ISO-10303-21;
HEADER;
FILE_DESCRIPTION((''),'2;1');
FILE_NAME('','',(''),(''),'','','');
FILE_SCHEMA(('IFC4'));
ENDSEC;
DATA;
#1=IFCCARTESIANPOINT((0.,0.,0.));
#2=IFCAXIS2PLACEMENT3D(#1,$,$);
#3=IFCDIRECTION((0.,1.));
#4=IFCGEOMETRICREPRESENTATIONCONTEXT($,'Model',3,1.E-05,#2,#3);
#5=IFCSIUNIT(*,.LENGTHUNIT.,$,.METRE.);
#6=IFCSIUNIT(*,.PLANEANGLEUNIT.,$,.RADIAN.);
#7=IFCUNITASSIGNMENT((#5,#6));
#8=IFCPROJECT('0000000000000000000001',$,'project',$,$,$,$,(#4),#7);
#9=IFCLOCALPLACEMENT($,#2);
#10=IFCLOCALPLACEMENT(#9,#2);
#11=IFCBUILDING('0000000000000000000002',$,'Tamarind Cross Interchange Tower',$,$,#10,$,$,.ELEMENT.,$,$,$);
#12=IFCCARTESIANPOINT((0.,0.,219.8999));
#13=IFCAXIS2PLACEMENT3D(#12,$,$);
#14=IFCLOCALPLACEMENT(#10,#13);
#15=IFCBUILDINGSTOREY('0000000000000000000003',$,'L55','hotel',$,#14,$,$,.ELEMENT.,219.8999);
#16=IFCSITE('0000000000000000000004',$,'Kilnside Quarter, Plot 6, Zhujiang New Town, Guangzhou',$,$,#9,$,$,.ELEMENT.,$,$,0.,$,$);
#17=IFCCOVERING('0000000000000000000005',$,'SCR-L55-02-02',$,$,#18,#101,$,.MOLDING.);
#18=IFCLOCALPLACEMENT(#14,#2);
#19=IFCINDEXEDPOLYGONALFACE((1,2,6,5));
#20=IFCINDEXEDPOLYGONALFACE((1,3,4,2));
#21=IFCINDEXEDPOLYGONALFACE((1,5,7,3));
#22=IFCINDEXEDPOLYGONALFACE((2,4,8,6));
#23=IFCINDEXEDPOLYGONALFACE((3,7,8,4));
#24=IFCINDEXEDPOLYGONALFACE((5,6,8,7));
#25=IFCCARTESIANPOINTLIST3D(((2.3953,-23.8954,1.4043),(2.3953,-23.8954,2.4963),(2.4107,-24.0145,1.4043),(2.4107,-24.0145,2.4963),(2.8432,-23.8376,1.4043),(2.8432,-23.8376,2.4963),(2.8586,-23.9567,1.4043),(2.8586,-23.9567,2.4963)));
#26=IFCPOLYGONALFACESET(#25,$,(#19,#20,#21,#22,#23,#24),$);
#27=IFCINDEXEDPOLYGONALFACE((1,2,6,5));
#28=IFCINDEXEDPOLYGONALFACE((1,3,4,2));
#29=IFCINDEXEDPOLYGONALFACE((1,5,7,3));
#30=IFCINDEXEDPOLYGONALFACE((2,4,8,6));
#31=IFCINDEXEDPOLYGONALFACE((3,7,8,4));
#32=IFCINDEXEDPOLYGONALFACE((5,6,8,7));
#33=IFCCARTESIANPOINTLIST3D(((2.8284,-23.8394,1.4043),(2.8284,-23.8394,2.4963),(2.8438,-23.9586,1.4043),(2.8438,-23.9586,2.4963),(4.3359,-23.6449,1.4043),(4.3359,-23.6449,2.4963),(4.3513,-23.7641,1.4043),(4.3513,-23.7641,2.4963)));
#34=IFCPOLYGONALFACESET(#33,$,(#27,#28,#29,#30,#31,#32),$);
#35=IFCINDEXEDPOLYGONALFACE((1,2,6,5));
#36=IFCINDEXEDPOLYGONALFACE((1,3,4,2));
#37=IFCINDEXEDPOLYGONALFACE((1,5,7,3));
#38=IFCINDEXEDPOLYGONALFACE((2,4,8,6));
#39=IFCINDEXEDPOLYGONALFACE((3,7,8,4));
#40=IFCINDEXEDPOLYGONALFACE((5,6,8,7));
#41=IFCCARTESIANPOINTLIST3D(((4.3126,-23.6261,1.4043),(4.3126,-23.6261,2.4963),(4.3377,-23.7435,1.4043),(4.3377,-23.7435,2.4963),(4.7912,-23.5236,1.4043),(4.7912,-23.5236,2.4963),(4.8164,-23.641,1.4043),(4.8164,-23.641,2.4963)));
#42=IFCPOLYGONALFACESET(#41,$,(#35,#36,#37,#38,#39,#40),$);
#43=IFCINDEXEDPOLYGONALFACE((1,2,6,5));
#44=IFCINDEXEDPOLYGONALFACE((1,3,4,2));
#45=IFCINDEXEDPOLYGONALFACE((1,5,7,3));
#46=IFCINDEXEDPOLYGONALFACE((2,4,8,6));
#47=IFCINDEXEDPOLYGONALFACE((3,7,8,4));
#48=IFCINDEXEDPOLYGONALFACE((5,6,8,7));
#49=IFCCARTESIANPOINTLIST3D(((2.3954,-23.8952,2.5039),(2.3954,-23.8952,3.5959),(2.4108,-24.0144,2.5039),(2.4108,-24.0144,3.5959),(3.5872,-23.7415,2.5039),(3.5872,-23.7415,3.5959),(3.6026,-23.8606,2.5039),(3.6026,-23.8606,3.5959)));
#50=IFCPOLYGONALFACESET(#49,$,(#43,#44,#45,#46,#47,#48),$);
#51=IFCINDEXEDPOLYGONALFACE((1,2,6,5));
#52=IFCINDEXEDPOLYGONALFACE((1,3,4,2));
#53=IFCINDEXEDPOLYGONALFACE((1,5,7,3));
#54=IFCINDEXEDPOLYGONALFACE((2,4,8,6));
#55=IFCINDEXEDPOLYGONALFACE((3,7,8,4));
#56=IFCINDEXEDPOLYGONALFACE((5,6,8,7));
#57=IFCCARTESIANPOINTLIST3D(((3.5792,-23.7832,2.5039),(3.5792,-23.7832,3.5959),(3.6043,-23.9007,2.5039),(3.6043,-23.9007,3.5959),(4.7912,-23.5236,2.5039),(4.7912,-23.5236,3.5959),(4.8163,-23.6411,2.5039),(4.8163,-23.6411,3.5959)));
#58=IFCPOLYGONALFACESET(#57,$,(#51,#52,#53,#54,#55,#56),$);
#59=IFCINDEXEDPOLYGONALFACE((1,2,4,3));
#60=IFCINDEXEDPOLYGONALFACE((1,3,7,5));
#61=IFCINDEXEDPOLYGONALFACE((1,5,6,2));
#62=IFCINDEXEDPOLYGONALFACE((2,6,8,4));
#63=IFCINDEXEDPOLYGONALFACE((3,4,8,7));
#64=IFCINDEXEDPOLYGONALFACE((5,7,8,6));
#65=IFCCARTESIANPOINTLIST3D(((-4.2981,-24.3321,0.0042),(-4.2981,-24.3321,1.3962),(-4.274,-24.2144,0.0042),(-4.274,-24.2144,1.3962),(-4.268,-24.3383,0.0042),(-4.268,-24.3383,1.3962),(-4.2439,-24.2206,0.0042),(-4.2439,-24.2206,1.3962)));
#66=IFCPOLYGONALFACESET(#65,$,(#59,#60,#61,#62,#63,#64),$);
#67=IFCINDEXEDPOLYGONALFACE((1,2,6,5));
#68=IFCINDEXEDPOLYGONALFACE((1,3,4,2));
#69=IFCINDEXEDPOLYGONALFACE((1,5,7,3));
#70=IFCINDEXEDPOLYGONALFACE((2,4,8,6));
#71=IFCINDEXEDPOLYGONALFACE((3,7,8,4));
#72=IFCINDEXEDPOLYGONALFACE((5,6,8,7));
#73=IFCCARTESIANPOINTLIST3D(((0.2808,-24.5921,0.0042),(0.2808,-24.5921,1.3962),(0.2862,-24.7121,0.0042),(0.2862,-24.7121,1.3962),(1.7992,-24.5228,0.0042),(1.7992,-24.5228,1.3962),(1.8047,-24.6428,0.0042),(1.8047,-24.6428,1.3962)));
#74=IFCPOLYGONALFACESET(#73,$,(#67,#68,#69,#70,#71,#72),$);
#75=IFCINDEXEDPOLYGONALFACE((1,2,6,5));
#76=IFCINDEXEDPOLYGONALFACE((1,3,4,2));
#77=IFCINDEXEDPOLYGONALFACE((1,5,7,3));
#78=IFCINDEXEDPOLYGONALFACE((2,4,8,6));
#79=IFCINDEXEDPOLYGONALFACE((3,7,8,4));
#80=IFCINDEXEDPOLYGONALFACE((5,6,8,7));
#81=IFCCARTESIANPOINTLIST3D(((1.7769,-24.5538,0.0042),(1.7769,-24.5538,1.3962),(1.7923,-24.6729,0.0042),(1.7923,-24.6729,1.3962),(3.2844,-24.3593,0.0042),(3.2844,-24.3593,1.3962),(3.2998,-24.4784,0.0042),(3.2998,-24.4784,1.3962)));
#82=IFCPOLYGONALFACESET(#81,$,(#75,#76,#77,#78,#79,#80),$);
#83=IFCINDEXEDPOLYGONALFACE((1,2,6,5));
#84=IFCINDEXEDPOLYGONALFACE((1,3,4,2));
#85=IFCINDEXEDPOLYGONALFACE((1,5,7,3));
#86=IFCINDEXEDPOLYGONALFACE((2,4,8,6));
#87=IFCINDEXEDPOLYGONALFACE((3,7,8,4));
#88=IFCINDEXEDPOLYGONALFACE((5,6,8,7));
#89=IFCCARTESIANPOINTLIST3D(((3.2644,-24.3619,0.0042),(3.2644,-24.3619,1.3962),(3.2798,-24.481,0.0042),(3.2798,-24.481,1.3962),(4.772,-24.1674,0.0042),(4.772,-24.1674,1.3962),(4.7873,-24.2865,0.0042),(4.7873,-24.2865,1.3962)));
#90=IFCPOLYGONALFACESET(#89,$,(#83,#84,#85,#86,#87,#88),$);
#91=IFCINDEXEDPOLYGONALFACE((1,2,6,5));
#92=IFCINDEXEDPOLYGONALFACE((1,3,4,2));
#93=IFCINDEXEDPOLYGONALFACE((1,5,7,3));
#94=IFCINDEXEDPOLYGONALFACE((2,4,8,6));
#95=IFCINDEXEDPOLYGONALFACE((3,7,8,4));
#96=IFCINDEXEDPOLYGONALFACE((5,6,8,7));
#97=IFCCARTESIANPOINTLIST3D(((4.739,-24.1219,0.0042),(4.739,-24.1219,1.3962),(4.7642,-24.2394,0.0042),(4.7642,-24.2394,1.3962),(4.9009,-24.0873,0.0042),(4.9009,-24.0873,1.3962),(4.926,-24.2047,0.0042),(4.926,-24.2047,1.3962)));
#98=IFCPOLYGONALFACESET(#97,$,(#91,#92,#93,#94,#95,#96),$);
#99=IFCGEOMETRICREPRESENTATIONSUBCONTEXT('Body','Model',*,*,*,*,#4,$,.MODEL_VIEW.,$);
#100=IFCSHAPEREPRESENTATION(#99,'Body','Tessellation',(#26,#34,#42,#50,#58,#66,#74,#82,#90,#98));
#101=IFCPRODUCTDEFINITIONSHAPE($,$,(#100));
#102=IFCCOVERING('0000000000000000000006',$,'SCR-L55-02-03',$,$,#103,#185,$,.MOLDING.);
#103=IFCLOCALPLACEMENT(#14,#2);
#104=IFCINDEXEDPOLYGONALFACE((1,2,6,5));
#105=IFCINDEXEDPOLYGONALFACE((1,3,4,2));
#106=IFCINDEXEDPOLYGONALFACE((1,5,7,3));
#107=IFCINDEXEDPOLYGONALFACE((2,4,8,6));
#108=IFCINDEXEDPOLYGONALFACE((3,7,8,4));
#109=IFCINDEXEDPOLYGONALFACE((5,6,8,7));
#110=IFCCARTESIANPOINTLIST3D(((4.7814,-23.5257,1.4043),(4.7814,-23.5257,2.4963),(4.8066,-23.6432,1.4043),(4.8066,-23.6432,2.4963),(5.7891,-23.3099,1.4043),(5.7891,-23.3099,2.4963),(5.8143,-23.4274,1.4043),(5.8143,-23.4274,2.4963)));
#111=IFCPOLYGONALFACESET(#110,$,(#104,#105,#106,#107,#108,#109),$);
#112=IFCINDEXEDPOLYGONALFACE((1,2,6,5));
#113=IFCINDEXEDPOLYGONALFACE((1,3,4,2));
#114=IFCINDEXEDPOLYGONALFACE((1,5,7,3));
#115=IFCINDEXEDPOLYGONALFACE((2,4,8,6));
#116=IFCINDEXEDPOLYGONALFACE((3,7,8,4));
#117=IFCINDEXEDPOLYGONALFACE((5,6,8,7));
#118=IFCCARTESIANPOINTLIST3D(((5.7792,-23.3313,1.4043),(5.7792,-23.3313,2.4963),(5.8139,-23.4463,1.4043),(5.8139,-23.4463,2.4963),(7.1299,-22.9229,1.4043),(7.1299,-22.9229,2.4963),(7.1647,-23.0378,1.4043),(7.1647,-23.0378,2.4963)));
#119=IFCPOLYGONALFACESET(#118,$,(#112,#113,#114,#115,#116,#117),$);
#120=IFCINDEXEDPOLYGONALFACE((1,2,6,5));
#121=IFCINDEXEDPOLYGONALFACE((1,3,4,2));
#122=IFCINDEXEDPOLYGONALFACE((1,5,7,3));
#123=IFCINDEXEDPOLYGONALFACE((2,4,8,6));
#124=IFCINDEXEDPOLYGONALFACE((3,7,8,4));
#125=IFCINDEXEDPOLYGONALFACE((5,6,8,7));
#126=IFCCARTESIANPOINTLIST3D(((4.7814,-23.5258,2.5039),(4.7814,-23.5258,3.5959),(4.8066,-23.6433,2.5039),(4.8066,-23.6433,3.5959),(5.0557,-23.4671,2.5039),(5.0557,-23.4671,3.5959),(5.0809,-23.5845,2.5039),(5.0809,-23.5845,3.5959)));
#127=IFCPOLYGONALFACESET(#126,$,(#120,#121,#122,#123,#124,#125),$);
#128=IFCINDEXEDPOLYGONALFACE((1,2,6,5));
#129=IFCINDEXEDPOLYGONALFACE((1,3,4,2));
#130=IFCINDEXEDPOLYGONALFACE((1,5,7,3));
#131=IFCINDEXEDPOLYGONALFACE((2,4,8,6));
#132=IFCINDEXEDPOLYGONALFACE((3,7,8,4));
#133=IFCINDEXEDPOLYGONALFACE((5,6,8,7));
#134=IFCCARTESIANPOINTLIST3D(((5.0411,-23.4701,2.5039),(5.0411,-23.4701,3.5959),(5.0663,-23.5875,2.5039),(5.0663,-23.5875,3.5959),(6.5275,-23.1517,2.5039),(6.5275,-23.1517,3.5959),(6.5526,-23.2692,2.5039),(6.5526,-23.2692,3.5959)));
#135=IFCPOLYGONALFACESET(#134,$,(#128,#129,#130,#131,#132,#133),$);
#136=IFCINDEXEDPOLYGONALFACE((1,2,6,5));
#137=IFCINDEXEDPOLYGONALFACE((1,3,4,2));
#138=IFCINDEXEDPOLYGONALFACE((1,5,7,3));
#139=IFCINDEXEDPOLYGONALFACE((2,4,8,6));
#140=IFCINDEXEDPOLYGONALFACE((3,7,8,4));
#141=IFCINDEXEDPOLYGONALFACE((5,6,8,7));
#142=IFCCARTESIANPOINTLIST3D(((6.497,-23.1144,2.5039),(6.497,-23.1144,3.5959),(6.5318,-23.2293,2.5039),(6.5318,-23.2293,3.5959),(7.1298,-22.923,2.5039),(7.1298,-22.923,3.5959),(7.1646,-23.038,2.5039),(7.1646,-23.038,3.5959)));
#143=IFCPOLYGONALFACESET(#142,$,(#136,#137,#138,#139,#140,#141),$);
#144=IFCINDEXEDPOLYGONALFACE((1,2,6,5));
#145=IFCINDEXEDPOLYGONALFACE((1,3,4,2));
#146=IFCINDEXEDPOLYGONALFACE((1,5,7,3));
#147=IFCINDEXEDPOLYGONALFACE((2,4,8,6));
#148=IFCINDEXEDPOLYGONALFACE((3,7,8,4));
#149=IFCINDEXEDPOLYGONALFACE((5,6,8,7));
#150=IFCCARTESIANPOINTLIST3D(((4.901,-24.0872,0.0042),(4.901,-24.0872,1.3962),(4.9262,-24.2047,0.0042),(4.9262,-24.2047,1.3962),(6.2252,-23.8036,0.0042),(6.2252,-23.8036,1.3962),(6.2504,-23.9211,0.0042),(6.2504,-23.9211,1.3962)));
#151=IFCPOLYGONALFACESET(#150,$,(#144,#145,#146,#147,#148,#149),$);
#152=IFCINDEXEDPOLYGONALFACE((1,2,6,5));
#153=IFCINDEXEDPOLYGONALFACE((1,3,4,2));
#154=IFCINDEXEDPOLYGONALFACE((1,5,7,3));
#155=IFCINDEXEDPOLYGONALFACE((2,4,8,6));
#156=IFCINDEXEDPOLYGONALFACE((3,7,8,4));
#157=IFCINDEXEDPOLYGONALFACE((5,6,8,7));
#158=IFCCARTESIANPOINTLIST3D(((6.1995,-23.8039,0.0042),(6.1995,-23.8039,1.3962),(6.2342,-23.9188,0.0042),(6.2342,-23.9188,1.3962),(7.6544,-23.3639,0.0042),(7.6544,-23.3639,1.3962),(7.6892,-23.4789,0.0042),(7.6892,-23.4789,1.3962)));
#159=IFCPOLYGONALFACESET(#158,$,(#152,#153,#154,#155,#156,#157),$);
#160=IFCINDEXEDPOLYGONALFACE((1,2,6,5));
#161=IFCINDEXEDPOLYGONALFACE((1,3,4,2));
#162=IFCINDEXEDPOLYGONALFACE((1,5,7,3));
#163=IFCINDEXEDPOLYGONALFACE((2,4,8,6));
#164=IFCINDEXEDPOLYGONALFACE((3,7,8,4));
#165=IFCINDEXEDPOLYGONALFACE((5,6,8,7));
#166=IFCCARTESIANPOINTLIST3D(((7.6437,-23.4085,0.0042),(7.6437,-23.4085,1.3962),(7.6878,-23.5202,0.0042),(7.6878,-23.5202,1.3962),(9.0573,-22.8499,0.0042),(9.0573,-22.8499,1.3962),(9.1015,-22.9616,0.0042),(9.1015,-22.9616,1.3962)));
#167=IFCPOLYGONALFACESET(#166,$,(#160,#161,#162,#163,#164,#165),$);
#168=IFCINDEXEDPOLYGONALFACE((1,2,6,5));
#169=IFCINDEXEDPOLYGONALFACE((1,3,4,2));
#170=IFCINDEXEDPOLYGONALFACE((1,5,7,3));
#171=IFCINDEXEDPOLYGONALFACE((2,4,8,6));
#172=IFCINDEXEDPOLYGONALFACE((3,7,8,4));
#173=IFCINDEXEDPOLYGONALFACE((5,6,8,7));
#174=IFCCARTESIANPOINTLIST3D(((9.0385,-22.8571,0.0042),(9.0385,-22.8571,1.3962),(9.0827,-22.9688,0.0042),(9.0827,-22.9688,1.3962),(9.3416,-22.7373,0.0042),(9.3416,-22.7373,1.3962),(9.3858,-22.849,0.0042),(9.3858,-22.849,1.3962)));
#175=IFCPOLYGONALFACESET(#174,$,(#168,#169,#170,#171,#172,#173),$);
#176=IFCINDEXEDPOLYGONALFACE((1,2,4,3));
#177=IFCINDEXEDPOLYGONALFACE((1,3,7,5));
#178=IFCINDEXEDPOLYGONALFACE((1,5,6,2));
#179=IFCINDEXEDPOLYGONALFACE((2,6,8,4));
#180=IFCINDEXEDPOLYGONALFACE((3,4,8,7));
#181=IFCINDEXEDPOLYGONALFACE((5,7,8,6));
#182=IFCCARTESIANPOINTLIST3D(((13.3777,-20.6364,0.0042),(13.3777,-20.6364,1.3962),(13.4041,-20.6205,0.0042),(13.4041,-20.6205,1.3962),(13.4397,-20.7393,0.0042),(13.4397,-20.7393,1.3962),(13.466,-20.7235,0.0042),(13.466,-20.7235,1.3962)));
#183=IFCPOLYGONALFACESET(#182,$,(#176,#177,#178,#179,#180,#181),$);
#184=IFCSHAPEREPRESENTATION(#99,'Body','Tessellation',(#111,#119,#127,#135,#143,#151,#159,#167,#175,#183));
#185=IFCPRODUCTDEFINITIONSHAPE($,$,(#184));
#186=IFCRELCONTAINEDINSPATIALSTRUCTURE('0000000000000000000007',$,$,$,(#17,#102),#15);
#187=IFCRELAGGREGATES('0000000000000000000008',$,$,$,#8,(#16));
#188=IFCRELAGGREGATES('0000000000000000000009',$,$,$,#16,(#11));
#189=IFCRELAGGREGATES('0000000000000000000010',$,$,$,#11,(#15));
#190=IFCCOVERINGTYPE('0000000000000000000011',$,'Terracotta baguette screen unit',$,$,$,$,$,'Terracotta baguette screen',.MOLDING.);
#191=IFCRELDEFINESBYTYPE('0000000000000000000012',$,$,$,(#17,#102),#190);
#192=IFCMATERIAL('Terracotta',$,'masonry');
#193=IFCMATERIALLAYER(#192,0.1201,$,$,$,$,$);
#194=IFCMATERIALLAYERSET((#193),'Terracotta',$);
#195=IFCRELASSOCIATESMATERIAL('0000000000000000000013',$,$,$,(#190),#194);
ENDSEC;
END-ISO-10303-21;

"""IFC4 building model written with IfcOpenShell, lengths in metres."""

from ifc_helpers import new_model, si_unit, direction, frame, origin, origin_2d, place, context, subcontext, project, spatial, rectangle, extrude, material, layer, layer_set, type_object, element, save


model = new_model("IFC4")

# Units and contexts
model_context = context("Model", 3, precision=1e-05, world=origin(), true_north=direction((0.0, 1.0)))
body_context = subcontext(model_context, "Body", "Model", "MODEL_VIEW")
ifc_project = project(units=[si_unit("LENGTHUNIT", "METRE"), si_unit("PLANEANGLEUNIT", "RADIAN")], contexts=[model_context])

# Site, building, storey
site_placement = place(None, origin())
site = spatial("IfcSite", under=ifc_project, at=site_placement, Name="Kilnside Quarter, Plot 6, Zhujiang New Town, Guangzhou", CompositionType="ELEMENT", RefElevation=0.0)
building_placement = place(site_placement, origin())
building = spatial("IfcBuilding", under=site, at=building_placement, Name="Tamarind Cross Interchange Tower", CompositionType="ELEMENT")
storey_placement = place(building_placement, frame((0.0, 0.0, 219.8999)))
storey = spatial("IfcBuildingStorey", under=building, at=storey_placement, Name="L55", Description="hotel", CompositionType="ELEMENT", Elevation=219.8999)

# Coverings
ifc_material_1 = material(Name="Terracotta", Category="masonry")
ifc_layer_1 = layer(ifc_material_1, 0.1201)
ifc_layer_set_1 = layer_set([ifc_layer_1], Name="Terracotta")
covering_type = type_object("IfcCoveringType", Name="Terracotta baguette screen unit", ElementType="Terracotta baguette screen", PredefinedType="MOLDING", material=ifc_layer_set_1)
covering_1_placement = place(storey_placement, origin())
element("IfcCovering", 1, at=covering_1_placement, inside=storey, type_object=covering_type, Name="SCR-L55-02-02", PredefinedType="MOLDING", context=body_context, shape_type="SweptSolid", body=[
    extrude(rectangle(XDim=0.4517, YDim=0.1201, at=origin_2d()), frame((2.627, -23.926, 1.4043), z_axis=(0.0, 0.0, 1.0), x_axis=(0.991779, 0.127962, 0.0)), (0.0, 0.0, 1.0), 1.092),
    extrude(rectangle(XDim=1.52, YDim=0.1201, at=origin_2d()), frame((3.5898, -23.8018, 1.4043), z_axis=(0.0, 0.0, 1.0), x_axis=(0.991779, 0.127962, 0.0)), (0.0, 0.0, 1.0), 1.092),
    extrude(rectangle(XDim=0.4895, YDim=0.1201, at=origin_2d()), frame((4.5645, -23.6335, 1.4043), z_axis=(0.0, 0.0, 1.0), x_axis=(0.977825, 0.209425, 0.0)), (0.0, 0.0, 1.0), 1.092),
    extrude(rectangle(XDim=1.2017, YDim=0.1201, at=origin_2d()), frame((2.999, -23.8779, 2.5039), z_axis=(0.0, 0.0, 1.0), x_axis=(0.991779, 0.127962, 0.0)), (0.0, 0.0, 1.0), 1.092),
    extrude(rectangle(XDim=1.2395, YDim=0.1201, at=origin_2d()), frame((4.1978, -23.7122, 2.5039), z_axis=(0.0, 0.0, 1.0), x_axis=(0.977825, 0.209425, 0.0)), (0.0, 0.0, 1.0), 1.092),
    extrude(rectangle(XDim=0.0308, YDim=0.1201, at=origin_2d()), frame((-4.271, -24.2764, 0.0042), z_axis=(0.0, 0.0, 1.0), x_axis=(0.979591, -0.201001, 0.0)), (0.0, 0.0, 1.0), 1.3921),
    extrude(rectangle(XDim=1.52, YDim=0.1201, at=origin_2d()), frame((1.0427, -24.6174, 0.0042), z_axis=(0.0, 0.0, 1.0), x_axis=(0.998959, 0.045624, 0.0)), (0.0, 0.0, 1.0), 1.3921),
    extrude(rectangle(XDim=1.52, YDim=0.1201, at=origin_2d()), frame((2.5383, -24.5161, 0.0042), z_axis=(0.0, 0.0, 1.0), x_axis=(0.991779, 0.127962, 0.0)), (0.0, 0.0, 1.0), 1.3921),
    extrude(rectangle(XDim=1.52, YDim=0.1201, at=origin_2d()), frame((4.0259, -24.3242, 0.0042), z_axis=(0.0, 0.0, 1.0), x_axis=(0.991779, 0.127962, 0.0)), (0.0, 0.0, 1.0), 1.3921),
    extrude(rectangle(XDim=0.1655, YDim=0.1201, at=origin_2d()), frame((4.8325, -24.1633, 0.0042), z_axis=(0.0, 0.0, 1.0), x_axis=(0.977825, 0.209425, 0.0)), (0.0, 0.0, 1.0), 1.3921),
])
covering_2_placement = place(storey_placement, origin())
element("IfcCovering", 2, at=covering_2_placement, inside=storey, type_object=covering_type, Name="SCR-L55-02-03", PredefinedType="MOLDING", context=body_context, shape_type="SweptSolid", body=[
    extrude(rectangle(XDim=1.0305, YDim=0.1201, at=origin_2d()), frame((5.2979, -23.4766, 1.4043), z_axis=(0.0, 0.0, 1.0), x_axis=(0.977825, 0.209425, 0.0)), (0.0, 0.0, 1.0), 1.092),
    extrude(rectangle(XDim=1.4111, YDim=0.1201, at=origin_2d()), frame((6.4719, -23.1846, 1.4043), z_axis=(0.0, 0.0, 1.0), x_axis=(0.957191, 0.289458, 0.0)), (0.0, 0.0, 1.0), 1.092),
    extrude(rectangle(XDim=0.2805, YDim=0.1201, at=origin_2d()), frame((4.9312, -23.5552, 2.5039), z_axis=(0.0, 0.0, 1.0), x_axis=(0.977825, 0.209425, 0.0)), (0.0, 0.0, 1.0), 1.092),
    extrude(rectangle(XDim=1.52, YDim=0.1201, at=origin_2d()), frame((5.7969, -23.3696, 2.5039), z_axis=(0.0, 0.0, 1.0), x_axis=(0.977825, 0.209425, 0.0)), (0.0, 0.0, 1.0), 1.092),
    extrude(rectangle(XDim=0.6611, YDim=0.1201, at=origin_2d()), frame((6.8308, -23.0762, 2.5039), z_axis=(0.0, 0.0, 1.0), x_axis=(0.957191, 0.289458, 0.0)), (0.0, 0.0, 1.0), 1.092),
    extrude(rectangle(XDim=1.3542, YDim=0.1201, at=origin_2d()), frame((5.5757, -24.0042, 0.0042), z_axis=(0.0, 0.0, 1.0), x_axis=(0.977825, 0.209425, 0.0)), (0.0, 0.0, 1.0), 1.3921),
    extrude(rectangle(XDim=1.52, YDim=0.1201, at=origin_2d()), frame((6.9443, -23.6414, 0.0042), z_axis=(0.0, 0.0, 1.0), x_axis=(0.957191, 0.289458, 0.0)), (0.0, 0.0, 1.0), 1.3921),
    extrude(rectangle(XDim=1.52, YDim=0.1201, at=origin_2d()), frame((8.3726, -23.1851, 0.0042), z_axis=(0.0, 0.0, 1.0), x_axis=(0.930018, 0.367514, 0.0)), (0.0, 0.0, 1.0), 1.3921),
    extrude(rectangle(XDim=0.3259, YDim=0.1201, at=origin_2d()), frame((9.2122, -22.853, 0.0042), z_axis=(0.0, 0.0, 1.0), x_axis=(0.930018, 0.367514, 0.0)), (0.0, 0.0, 1.0), 1.3921),
    extrude(rectangle(XDim=0.0308, YDim=0.1201, at=origin_2d()), frame((13.4219, -20.6799, 0.0042), z_axis=(0.0, 0.0, 1.0), x_axis=(0.856843, 0.515577, 0.0)), (0.0, 0.0, 1.0), 1.3921),
])

save(model, "model.ifc")
